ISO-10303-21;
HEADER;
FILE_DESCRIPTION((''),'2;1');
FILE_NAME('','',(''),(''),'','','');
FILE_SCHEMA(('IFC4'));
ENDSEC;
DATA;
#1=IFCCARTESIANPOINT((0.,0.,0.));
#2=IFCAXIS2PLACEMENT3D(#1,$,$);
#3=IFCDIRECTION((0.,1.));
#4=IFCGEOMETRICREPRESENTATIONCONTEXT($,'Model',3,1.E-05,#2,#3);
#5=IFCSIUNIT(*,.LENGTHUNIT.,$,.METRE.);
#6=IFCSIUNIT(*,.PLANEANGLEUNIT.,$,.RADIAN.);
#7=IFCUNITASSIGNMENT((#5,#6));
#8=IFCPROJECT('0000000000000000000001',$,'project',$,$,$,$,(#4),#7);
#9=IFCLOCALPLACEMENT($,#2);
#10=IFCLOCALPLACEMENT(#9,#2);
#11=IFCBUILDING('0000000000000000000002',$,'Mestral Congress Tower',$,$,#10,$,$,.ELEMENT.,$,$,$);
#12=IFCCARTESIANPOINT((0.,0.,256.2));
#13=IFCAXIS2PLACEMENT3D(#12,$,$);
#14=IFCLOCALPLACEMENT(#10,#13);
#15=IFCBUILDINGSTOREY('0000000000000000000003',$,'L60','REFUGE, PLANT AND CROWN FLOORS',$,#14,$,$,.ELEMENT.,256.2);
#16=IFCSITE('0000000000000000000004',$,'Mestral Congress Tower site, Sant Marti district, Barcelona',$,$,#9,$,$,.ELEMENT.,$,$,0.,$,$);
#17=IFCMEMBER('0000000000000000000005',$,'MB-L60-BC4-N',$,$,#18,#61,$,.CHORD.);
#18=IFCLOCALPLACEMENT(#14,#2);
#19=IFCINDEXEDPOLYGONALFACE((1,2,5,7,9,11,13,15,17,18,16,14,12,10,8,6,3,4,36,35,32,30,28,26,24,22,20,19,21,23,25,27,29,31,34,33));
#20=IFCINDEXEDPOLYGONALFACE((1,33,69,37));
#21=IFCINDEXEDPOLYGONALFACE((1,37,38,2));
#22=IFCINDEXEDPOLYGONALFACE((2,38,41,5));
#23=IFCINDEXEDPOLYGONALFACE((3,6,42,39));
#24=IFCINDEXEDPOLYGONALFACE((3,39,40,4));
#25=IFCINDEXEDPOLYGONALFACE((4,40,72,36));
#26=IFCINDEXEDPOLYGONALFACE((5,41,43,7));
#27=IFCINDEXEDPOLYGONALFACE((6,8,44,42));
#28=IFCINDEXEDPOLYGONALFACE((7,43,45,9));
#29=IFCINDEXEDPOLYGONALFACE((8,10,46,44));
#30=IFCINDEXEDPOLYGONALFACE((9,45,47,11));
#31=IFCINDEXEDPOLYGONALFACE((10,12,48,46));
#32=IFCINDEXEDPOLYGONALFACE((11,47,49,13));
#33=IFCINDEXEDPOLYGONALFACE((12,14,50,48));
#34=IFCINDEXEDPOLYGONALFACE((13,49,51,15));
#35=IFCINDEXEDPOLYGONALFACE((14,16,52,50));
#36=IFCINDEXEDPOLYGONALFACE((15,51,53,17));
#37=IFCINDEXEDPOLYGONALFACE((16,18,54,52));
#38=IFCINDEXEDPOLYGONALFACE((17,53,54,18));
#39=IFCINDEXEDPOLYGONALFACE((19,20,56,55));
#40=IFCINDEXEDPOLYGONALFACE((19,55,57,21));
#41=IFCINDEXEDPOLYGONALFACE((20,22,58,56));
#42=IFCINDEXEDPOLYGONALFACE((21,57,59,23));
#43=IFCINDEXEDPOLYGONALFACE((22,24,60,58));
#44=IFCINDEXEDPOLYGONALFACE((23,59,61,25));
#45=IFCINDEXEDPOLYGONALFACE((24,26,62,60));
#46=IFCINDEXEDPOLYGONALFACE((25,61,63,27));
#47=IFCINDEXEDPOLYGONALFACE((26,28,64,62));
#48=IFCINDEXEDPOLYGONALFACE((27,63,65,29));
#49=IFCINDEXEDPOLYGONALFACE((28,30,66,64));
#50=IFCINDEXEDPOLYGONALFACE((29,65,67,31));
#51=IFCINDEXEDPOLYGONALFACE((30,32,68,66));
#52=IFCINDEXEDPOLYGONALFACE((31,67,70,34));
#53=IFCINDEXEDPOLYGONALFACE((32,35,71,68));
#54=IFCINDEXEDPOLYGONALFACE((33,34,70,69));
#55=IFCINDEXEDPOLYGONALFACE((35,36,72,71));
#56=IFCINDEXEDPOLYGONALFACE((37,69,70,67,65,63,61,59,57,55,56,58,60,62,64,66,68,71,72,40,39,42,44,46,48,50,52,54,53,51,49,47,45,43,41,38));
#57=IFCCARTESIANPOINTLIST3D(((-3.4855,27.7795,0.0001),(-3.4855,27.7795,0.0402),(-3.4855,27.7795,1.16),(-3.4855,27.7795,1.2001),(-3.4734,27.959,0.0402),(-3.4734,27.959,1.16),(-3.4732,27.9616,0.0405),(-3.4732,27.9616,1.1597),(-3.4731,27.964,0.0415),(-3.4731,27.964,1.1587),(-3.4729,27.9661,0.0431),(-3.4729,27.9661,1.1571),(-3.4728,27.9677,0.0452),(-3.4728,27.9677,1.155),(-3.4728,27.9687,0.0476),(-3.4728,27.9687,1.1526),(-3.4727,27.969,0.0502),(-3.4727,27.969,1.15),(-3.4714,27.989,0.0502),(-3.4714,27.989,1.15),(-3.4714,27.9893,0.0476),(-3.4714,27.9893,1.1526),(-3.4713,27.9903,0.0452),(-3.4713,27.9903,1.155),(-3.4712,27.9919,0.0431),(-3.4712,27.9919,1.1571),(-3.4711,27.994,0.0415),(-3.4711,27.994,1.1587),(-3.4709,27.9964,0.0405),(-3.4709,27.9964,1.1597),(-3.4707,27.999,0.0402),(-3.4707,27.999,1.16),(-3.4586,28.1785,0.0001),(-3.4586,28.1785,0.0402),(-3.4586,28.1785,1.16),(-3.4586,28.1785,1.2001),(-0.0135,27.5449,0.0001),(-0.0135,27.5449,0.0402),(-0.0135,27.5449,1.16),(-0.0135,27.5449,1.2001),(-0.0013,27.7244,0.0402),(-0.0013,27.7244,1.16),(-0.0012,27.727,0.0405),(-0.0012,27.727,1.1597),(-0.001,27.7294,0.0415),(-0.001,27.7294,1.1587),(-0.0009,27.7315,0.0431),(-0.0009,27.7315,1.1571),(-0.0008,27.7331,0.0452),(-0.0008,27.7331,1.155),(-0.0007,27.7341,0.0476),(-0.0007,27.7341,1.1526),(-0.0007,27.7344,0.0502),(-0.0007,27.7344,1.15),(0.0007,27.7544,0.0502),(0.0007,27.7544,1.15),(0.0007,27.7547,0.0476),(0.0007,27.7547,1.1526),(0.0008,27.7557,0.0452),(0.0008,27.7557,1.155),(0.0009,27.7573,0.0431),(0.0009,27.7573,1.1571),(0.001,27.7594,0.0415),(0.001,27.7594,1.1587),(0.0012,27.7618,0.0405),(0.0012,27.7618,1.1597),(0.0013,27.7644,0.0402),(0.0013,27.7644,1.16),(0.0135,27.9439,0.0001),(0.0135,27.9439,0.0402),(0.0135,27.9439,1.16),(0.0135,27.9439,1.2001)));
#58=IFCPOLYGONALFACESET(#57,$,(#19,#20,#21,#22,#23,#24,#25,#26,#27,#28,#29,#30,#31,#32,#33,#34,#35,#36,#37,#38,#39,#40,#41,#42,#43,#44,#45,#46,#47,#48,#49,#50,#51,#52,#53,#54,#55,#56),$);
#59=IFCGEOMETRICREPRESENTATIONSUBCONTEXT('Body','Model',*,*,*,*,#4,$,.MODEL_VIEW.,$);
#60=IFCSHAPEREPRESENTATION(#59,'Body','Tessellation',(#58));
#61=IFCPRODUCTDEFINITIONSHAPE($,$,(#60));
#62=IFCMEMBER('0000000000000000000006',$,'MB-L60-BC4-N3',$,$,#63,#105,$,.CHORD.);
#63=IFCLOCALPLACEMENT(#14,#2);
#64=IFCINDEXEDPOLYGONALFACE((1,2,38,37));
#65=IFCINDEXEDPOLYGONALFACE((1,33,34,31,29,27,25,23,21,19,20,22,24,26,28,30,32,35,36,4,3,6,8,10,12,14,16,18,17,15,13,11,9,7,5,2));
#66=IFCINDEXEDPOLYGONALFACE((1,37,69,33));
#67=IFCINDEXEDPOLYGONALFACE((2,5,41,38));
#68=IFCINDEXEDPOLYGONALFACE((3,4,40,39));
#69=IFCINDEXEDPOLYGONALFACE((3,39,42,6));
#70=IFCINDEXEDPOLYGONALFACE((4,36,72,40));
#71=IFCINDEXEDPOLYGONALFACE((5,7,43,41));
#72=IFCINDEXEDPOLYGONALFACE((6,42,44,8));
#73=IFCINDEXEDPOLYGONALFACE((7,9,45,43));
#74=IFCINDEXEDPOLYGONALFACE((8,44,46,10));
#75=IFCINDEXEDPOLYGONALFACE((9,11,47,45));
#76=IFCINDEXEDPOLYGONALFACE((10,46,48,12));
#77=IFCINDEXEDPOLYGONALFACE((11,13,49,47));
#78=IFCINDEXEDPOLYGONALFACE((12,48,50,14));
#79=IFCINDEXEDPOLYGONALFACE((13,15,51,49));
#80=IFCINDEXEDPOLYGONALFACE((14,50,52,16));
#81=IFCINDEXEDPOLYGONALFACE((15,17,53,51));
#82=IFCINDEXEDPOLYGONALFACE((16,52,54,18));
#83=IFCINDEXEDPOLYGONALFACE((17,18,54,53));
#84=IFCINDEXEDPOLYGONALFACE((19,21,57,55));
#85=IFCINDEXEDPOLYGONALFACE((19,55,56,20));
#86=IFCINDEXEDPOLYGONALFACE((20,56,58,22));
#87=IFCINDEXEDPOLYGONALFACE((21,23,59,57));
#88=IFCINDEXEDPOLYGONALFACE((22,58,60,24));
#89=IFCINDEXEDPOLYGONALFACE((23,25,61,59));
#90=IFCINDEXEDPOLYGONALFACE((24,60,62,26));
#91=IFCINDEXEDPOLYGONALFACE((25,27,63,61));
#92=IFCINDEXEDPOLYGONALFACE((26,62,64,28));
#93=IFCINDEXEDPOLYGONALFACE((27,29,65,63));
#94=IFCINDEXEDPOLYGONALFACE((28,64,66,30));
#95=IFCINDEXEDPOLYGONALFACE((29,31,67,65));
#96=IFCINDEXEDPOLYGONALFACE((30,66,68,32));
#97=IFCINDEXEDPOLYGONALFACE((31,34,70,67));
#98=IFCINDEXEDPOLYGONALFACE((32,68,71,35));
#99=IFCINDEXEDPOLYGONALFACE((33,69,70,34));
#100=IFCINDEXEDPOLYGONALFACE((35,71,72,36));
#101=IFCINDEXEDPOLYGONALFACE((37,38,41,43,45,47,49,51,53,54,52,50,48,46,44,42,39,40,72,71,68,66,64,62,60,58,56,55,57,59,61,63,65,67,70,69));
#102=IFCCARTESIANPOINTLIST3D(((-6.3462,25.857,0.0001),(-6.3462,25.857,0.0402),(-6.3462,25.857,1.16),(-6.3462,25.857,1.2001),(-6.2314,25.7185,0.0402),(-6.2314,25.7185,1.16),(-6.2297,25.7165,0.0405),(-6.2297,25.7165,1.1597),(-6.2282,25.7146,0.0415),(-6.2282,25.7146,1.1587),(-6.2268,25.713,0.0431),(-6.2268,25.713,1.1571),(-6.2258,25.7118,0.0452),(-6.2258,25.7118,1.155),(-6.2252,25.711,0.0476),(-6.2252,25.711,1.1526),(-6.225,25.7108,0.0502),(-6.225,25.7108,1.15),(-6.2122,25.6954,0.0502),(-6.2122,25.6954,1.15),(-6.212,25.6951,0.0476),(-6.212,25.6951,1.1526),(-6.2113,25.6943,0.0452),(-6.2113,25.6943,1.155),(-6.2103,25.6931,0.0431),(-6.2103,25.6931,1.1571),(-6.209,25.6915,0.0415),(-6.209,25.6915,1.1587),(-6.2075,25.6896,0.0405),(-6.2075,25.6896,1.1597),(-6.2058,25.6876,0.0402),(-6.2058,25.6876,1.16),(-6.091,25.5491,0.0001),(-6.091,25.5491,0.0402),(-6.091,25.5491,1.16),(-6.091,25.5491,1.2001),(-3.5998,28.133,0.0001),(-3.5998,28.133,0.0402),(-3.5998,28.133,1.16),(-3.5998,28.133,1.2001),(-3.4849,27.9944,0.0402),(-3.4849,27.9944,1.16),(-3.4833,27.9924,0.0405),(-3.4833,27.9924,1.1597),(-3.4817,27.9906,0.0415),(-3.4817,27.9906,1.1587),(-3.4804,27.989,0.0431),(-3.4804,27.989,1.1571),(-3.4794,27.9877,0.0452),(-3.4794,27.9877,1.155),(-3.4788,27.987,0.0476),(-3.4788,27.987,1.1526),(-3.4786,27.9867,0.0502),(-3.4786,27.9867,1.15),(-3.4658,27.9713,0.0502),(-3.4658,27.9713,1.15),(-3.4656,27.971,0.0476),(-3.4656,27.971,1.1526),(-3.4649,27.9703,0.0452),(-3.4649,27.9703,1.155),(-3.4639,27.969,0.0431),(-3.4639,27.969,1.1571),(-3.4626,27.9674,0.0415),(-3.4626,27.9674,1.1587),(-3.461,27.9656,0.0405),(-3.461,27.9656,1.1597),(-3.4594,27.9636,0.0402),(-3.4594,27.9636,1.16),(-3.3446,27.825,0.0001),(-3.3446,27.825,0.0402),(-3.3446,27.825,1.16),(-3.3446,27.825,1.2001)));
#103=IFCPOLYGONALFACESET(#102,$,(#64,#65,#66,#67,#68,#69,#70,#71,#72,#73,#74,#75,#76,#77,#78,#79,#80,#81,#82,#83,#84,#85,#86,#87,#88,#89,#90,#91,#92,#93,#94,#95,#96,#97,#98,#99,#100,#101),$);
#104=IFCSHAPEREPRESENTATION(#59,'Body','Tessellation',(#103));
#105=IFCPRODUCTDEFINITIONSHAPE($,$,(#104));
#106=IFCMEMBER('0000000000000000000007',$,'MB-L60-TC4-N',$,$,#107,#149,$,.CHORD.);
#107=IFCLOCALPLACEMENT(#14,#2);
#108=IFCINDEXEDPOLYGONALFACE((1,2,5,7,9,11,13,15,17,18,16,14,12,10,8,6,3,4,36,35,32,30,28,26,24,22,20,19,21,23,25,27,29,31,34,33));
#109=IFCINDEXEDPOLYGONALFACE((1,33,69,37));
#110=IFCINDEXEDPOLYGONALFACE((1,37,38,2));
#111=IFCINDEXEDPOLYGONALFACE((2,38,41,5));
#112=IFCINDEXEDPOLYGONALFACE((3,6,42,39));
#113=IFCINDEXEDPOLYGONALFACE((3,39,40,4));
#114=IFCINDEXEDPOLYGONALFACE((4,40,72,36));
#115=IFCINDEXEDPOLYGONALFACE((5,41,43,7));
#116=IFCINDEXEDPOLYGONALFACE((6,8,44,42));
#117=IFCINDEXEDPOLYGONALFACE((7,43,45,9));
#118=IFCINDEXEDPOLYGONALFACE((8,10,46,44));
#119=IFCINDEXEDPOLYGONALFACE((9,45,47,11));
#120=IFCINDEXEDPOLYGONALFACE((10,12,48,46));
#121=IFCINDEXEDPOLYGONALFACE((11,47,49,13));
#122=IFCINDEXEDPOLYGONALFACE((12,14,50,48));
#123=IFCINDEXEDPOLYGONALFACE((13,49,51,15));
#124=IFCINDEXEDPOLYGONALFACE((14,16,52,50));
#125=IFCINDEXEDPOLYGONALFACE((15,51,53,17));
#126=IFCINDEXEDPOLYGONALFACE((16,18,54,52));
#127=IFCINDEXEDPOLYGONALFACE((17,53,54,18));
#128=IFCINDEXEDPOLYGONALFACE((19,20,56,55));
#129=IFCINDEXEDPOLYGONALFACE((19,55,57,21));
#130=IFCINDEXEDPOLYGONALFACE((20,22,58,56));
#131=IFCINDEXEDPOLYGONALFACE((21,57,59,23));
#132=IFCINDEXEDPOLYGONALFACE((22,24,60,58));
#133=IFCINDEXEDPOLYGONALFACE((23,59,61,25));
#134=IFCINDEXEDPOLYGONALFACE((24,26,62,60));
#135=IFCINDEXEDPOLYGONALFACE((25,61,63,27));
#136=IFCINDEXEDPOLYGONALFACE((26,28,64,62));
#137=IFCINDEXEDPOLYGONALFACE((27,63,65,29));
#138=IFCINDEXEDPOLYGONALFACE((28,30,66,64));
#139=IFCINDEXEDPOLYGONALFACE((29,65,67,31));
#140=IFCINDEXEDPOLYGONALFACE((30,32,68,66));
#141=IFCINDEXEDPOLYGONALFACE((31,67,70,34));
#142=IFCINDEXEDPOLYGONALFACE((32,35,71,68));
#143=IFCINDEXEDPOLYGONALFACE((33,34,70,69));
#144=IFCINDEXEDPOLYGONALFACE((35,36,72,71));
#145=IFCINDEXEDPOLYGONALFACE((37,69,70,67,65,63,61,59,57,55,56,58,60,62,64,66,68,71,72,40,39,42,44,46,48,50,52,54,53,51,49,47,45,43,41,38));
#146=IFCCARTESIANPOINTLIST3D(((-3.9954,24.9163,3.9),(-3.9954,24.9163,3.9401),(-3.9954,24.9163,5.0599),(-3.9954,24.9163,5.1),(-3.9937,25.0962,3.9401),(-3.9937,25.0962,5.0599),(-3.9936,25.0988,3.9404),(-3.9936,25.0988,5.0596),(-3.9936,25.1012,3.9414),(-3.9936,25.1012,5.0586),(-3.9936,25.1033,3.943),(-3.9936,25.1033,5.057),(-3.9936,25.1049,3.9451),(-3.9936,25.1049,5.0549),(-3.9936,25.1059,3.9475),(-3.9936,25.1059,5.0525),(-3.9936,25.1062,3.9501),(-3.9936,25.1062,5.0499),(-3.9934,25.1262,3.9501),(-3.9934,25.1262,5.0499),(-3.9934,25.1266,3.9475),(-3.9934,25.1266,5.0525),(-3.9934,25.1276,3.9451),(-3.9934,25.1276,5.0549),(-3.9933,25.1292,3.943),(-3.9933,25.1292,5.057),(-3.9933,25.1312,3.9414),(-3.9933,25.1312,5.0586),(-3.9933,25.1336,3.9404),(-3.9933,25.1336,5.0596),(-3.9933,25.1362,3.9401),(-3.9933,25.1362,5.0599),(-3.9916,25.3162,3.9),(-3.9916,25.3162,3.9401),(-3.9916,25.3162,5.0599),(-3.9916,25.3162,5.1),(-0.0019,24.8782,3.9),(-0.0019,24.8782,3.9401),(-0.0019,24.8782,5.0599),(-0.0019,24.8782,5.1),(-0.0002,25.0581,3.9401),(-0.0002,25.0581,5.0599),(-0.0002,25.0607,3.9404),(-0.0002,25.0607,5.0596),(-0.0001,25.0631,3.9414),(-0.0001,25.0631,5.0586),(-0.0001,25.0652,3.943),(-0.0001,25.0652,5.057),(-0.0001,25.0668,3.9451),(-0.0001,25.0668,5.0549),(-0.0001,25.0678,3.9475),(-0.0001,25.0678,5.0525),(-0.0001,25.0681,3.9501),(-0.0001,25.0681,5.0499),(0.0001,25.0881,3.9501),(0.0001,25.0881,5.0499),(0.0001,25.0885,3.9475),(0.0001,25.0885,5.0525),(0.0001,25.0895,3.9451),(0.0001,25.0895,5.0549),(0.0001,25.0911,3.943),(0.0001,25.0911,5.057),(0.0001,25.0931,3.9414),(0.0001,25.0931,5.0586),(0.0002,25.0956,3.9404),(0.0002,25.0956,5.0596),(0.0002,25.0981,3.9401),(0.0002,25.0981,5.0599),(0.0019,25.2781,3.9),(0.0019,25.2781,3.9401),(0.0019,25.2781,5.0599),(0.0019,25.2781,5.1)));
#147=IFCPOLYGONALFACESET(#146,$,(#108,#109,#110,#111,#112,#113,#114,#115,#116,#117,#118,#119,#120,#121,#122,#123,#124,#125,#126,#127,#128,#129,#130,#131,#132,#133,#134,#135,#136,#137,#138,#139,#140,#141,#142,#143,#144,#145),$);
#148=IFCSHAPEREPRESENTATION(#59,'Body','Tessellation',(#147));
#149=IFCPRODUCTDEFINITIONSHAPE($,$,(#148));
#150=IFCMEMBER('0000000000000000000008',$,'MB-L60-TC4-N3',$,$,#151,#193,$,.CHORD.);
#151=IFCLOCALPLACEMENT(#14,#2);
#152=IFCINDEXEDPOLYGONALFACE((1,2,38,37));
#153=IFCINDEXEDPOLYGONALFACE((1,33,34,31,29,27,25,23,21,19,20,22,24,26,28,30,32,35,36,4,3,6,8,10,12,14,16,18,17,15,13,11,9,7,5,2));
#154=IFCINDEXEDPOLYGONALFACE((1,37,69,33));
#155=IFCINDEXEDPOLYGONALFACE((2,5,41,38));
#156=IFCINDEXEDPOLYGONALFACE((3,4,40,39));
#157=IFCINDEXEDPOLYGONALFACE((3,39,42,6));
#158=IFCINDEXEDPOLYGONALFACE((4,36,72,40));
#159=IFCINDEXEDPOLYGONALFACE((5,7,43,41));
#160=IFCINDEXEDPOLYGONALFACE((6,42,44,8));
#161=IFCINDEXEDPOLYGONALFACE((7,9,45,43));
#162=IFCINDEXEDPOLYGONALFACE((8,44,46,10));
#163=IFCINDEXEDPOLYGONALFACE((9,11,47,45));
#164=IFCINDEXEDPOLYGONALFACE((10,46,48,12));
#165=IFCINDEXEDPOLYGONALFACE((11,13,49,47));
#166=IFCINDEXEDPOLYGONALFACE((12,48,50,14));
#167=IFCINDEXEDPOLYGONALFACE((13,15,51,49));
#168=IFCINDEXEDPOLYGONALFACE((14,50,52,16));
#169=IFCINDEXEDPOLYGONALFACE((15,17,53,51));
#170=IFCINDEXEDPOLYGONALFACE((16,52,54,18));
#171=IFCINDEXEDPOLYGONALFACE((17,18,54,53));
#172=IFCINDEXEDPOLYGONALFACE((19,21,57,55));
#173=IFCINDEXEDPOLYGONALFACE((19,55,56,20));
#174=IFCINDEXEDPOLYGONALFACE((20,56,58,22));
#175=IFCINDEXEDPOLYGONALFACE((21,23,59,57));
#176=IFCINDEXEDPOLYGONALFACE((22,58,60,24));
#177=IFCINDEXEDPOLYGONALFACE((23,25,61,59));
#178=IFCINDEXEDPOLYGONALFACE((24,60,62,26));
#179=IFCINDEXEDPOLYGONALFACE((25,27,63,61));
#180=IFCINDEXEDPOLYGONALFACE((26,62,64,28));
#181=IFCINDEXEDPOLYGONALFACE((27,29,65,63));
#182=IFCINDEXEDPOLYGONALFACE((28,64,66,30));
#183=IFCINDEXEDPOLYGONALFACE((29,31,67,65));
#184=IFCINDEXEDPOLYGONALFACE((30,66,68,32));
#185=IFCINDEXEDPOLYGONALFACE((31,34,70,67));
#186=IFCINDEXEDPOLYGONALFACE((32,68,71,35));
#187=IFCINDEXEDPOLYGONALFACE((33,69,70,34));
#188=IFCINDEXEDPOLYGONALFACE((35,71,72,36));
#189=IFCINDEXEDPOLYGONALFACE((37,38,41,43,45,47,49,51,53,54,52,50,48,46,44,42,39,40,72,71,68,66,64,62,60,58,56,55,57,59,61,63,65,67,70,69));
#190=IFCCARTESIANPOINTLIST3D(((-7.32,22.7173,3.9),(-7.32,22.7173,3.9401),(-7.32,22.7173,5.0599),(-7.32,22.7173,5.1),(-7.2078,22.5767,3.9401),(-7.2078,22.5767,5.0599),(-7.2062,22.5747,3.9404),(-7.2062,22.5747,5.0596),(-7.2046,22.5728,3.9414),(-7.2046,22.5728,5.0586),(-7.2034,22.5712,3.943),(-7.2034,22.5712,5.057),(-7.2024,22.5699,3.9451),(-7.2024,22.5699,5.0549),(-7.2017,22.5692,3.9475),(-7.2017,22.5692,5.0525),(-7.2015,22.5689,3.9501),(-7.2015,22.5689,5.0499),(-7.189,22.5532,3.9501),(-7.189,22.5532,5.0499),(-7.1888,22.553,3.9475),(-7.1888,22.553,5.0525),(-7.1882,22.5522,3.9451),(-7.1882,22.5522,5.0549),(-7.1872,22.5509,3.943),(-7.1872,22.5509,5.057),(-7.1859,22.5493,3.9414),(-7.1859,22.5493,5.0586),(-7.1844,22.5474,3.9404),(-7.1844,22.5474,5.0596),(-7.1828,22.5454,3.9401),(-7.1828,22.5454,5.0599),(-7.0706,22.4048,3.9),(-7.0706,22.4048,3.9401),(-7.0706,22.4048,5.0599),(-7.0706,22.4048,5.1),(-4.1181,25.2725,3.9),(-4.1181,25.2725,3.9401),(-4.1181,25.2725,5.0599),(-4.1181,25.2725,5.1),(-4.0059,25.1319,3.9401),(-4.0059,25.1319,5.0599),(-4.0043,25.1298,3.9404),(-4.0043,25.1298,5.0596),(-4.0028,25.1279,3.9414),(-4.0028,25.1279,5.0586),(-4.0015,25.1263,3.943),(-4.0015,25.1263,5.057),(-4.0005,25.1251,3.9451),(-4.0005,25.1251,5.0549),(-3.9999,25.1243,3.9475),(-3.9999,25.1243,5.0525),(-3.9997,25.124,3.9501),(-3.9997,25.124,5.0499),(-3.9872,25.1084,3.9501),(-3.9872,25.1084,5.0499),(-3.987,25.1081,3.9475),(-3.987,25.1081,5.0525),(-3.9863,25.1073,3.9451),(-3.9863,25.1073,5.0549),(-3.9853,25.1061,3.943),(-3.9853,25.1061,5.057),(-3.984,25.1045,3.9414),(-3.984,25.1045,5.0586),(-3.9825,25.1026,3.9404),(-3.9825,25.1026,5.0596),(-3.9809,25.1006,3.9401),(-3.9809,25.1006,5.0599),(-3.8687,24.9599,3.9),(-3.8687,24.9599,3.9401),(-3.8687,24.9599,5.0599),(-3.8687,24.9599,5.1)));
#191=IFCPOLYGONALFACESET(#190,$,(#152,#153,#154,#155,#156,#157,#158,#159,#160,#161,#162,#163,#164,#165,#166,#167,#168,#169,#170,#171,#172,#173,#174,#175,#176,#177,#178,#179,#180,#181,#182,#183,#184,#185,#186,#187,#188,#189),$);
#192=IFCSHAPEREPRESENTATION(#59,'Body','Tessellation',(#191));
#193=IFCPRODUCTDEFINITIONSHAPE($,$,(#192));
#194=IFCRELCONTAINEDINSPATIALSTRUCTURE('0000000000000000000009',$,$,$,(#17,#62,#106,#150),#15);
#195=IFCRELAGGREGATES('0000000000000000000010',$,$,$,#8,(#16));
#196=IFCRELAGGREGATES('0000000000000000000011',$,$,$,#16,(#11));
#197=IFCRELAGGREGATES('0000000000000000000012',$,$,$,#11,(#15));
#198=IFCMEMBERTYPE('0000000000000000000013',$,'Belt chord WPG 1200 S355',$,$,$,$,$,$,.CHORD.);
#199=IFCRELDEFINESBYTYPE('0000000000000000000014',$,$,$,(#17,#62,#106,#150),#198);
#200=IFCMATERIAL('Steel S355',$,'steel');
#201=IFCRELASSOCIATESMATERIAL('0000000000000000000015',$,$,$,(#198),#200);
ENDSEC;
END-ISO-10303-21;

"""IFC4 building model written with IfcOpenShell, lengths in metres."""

from ifc_helpers import new_model, si_unit, direction, frame, origin, origin_2d, place, context, subcontext, project, spatial, i_section, extrude, material, material_profile, profile_set, type_object, element, save


model = new_model("IFC4")

# Units and contexts
model_context = context("Model", 3, precision=1e-05, world=origin(), true_north=direction((0.0, 1.0)))
body_context = subcontext(model_context, "Body", "Model", "MODEL_VIEW")
ifc_project = project(units=[si_unit("LENGTHUNIT", "METRE"), si_unit("PLANEANGLEUNIT", "RADIAN")], contexts=[model_context])

# Site, building, storey
site_placement = place(None, origin())
site = spatial("IfcSite", under=ifc_project, at=site_placement, Name="Mestral Congress Tower site, Sant Marti district, Barcelona", CompositionType="ELEMENT", RefElevation=0.0)
building_placement = place(site_placement, origin())
building = spatial("IfcBuilding", under=site, at=building_placement, Name="Mestral Congress Tower", CompositionType="ELEMENT")
storey_placement = place(building_placement, frame((0.0, 0.0, 256.2)))
storey = spatial("IfcBuildingStorey", under=building, at=storey_placement, Name="L60", Description="REFUGE, PLANT AND CROWN FLOORS", CompositionType="ELEMENT", Elevation=256.2)

# Members
ifc_material_1 = material(Name="Steel S355", Category="steel")
ifc_material_profile_1 = material_profile(ifc_material_1, i_section(OverallWidth=0.3999, OverallDepth=1.2, WebThickness=0.02, FlangeThickness=0.04, FilletRadius=0.01, at=origin_2d()), Name="WPG 1200")
ifc_profile_set_1 = profile_set([ifc_material_profile_1], Name="Steel S355")
member_type_1 = type_object("IfcMemberType", Name="Belt chord WPG 1200 S355", PredefinedType="CHORD", material=ifc_profile_set_1)
member_1_placement = place(storey_placement, frame((0.0, 27.7444, 0.6001), z_axis=(-0.997725, 0.067418, 0.0), x_axis=(-0.067418, -0.997725, 0.0)))
element("IfcMember", 1, at=member_1_placement, inside=storey, type_object=member_type_1, Name="MB-L60-BC4-N", PredefinedType="CHORD", context=body_context, shape_type="SweptSolid", body=[
    extrude(i_section(OverallWidth=0.3999, OverallDepth=1.2, WebThickness=0.02, FlangeThickness=0.04, FilletRadius=0.01, at=origin_2d()), origin(), (0.0, 0.0, 1.0), 3.48),
])
member_2_placement = place(storey_placement, frame((-3.4722, 27.979, 0.6001), z_axis=(-0.769974, -0.638075, 0.0), x_axis=(0.638075, -0.769974, 0.0)))
element("IfcMember", 2, at=member_2_placement, inside=storey, type_object=member_type_1, Name="MB-L60-BC4-N3", PredefinedType="CHORD", context=body_context, shape_type="SweptSolid", body=[
    extrude(i_section(OverallWidth=0.3999, OverallDepth=1.2, WebThickness=0.02, FlangeThickness=0.04, FilletRadius=0.01, at=origin_2d()), origin(), (0.0, 0.0, 1.0), 3.5669),
])
member_3_placement = place(storey_placement, frame((0.0, 25.0781, 4.5), z_axis=(-0.999955, 0.009537, 0.0), x_axis=(-0.009537, -0.999955, 0.0)))
element("IfcMember", 3, at=member_3_placement, inside=storey, type_object=member_type_1, Name="MB-L60-TC4-N", PredefinedType="CHORD", context=body_context, shape_type="SweptSolid", body=[
    extrude(i_section(OverallWidth=0.3999, OverallDepth=1.2, WebThickness=0.02, FlangeThickness=0.04, FilletRadius=0.01, at=origin_2d()), origin(), (0.0, 0.0, 1.0), 3.9937),
])
member_4_placement = place(storey_placement, frame((-3.9934, 25.1162, 4.5), z_axis=(-0.781624, -0.62375, 0.0), x_axis=(0.62375, -0.781624, 0.0)))
element("IfcMember", 4, at=member_4_placement, inside=storey, type_object=member_type_1, Name="MB-L60-TC4-N3", PredefinedType="CHORD", context=body_context, shape_type="SweptSolid", body=[
    extrude(i_section(OverallWidth=0.3999, OverallDepth=1.2, WebThickness=0.02, FlangeThickness=0.04, FilletRadius=0.01, at=origin_2d()), origin(), (0.0, 0.0, 1.0), 4.0964),
])

save(model, "model.ifc")
